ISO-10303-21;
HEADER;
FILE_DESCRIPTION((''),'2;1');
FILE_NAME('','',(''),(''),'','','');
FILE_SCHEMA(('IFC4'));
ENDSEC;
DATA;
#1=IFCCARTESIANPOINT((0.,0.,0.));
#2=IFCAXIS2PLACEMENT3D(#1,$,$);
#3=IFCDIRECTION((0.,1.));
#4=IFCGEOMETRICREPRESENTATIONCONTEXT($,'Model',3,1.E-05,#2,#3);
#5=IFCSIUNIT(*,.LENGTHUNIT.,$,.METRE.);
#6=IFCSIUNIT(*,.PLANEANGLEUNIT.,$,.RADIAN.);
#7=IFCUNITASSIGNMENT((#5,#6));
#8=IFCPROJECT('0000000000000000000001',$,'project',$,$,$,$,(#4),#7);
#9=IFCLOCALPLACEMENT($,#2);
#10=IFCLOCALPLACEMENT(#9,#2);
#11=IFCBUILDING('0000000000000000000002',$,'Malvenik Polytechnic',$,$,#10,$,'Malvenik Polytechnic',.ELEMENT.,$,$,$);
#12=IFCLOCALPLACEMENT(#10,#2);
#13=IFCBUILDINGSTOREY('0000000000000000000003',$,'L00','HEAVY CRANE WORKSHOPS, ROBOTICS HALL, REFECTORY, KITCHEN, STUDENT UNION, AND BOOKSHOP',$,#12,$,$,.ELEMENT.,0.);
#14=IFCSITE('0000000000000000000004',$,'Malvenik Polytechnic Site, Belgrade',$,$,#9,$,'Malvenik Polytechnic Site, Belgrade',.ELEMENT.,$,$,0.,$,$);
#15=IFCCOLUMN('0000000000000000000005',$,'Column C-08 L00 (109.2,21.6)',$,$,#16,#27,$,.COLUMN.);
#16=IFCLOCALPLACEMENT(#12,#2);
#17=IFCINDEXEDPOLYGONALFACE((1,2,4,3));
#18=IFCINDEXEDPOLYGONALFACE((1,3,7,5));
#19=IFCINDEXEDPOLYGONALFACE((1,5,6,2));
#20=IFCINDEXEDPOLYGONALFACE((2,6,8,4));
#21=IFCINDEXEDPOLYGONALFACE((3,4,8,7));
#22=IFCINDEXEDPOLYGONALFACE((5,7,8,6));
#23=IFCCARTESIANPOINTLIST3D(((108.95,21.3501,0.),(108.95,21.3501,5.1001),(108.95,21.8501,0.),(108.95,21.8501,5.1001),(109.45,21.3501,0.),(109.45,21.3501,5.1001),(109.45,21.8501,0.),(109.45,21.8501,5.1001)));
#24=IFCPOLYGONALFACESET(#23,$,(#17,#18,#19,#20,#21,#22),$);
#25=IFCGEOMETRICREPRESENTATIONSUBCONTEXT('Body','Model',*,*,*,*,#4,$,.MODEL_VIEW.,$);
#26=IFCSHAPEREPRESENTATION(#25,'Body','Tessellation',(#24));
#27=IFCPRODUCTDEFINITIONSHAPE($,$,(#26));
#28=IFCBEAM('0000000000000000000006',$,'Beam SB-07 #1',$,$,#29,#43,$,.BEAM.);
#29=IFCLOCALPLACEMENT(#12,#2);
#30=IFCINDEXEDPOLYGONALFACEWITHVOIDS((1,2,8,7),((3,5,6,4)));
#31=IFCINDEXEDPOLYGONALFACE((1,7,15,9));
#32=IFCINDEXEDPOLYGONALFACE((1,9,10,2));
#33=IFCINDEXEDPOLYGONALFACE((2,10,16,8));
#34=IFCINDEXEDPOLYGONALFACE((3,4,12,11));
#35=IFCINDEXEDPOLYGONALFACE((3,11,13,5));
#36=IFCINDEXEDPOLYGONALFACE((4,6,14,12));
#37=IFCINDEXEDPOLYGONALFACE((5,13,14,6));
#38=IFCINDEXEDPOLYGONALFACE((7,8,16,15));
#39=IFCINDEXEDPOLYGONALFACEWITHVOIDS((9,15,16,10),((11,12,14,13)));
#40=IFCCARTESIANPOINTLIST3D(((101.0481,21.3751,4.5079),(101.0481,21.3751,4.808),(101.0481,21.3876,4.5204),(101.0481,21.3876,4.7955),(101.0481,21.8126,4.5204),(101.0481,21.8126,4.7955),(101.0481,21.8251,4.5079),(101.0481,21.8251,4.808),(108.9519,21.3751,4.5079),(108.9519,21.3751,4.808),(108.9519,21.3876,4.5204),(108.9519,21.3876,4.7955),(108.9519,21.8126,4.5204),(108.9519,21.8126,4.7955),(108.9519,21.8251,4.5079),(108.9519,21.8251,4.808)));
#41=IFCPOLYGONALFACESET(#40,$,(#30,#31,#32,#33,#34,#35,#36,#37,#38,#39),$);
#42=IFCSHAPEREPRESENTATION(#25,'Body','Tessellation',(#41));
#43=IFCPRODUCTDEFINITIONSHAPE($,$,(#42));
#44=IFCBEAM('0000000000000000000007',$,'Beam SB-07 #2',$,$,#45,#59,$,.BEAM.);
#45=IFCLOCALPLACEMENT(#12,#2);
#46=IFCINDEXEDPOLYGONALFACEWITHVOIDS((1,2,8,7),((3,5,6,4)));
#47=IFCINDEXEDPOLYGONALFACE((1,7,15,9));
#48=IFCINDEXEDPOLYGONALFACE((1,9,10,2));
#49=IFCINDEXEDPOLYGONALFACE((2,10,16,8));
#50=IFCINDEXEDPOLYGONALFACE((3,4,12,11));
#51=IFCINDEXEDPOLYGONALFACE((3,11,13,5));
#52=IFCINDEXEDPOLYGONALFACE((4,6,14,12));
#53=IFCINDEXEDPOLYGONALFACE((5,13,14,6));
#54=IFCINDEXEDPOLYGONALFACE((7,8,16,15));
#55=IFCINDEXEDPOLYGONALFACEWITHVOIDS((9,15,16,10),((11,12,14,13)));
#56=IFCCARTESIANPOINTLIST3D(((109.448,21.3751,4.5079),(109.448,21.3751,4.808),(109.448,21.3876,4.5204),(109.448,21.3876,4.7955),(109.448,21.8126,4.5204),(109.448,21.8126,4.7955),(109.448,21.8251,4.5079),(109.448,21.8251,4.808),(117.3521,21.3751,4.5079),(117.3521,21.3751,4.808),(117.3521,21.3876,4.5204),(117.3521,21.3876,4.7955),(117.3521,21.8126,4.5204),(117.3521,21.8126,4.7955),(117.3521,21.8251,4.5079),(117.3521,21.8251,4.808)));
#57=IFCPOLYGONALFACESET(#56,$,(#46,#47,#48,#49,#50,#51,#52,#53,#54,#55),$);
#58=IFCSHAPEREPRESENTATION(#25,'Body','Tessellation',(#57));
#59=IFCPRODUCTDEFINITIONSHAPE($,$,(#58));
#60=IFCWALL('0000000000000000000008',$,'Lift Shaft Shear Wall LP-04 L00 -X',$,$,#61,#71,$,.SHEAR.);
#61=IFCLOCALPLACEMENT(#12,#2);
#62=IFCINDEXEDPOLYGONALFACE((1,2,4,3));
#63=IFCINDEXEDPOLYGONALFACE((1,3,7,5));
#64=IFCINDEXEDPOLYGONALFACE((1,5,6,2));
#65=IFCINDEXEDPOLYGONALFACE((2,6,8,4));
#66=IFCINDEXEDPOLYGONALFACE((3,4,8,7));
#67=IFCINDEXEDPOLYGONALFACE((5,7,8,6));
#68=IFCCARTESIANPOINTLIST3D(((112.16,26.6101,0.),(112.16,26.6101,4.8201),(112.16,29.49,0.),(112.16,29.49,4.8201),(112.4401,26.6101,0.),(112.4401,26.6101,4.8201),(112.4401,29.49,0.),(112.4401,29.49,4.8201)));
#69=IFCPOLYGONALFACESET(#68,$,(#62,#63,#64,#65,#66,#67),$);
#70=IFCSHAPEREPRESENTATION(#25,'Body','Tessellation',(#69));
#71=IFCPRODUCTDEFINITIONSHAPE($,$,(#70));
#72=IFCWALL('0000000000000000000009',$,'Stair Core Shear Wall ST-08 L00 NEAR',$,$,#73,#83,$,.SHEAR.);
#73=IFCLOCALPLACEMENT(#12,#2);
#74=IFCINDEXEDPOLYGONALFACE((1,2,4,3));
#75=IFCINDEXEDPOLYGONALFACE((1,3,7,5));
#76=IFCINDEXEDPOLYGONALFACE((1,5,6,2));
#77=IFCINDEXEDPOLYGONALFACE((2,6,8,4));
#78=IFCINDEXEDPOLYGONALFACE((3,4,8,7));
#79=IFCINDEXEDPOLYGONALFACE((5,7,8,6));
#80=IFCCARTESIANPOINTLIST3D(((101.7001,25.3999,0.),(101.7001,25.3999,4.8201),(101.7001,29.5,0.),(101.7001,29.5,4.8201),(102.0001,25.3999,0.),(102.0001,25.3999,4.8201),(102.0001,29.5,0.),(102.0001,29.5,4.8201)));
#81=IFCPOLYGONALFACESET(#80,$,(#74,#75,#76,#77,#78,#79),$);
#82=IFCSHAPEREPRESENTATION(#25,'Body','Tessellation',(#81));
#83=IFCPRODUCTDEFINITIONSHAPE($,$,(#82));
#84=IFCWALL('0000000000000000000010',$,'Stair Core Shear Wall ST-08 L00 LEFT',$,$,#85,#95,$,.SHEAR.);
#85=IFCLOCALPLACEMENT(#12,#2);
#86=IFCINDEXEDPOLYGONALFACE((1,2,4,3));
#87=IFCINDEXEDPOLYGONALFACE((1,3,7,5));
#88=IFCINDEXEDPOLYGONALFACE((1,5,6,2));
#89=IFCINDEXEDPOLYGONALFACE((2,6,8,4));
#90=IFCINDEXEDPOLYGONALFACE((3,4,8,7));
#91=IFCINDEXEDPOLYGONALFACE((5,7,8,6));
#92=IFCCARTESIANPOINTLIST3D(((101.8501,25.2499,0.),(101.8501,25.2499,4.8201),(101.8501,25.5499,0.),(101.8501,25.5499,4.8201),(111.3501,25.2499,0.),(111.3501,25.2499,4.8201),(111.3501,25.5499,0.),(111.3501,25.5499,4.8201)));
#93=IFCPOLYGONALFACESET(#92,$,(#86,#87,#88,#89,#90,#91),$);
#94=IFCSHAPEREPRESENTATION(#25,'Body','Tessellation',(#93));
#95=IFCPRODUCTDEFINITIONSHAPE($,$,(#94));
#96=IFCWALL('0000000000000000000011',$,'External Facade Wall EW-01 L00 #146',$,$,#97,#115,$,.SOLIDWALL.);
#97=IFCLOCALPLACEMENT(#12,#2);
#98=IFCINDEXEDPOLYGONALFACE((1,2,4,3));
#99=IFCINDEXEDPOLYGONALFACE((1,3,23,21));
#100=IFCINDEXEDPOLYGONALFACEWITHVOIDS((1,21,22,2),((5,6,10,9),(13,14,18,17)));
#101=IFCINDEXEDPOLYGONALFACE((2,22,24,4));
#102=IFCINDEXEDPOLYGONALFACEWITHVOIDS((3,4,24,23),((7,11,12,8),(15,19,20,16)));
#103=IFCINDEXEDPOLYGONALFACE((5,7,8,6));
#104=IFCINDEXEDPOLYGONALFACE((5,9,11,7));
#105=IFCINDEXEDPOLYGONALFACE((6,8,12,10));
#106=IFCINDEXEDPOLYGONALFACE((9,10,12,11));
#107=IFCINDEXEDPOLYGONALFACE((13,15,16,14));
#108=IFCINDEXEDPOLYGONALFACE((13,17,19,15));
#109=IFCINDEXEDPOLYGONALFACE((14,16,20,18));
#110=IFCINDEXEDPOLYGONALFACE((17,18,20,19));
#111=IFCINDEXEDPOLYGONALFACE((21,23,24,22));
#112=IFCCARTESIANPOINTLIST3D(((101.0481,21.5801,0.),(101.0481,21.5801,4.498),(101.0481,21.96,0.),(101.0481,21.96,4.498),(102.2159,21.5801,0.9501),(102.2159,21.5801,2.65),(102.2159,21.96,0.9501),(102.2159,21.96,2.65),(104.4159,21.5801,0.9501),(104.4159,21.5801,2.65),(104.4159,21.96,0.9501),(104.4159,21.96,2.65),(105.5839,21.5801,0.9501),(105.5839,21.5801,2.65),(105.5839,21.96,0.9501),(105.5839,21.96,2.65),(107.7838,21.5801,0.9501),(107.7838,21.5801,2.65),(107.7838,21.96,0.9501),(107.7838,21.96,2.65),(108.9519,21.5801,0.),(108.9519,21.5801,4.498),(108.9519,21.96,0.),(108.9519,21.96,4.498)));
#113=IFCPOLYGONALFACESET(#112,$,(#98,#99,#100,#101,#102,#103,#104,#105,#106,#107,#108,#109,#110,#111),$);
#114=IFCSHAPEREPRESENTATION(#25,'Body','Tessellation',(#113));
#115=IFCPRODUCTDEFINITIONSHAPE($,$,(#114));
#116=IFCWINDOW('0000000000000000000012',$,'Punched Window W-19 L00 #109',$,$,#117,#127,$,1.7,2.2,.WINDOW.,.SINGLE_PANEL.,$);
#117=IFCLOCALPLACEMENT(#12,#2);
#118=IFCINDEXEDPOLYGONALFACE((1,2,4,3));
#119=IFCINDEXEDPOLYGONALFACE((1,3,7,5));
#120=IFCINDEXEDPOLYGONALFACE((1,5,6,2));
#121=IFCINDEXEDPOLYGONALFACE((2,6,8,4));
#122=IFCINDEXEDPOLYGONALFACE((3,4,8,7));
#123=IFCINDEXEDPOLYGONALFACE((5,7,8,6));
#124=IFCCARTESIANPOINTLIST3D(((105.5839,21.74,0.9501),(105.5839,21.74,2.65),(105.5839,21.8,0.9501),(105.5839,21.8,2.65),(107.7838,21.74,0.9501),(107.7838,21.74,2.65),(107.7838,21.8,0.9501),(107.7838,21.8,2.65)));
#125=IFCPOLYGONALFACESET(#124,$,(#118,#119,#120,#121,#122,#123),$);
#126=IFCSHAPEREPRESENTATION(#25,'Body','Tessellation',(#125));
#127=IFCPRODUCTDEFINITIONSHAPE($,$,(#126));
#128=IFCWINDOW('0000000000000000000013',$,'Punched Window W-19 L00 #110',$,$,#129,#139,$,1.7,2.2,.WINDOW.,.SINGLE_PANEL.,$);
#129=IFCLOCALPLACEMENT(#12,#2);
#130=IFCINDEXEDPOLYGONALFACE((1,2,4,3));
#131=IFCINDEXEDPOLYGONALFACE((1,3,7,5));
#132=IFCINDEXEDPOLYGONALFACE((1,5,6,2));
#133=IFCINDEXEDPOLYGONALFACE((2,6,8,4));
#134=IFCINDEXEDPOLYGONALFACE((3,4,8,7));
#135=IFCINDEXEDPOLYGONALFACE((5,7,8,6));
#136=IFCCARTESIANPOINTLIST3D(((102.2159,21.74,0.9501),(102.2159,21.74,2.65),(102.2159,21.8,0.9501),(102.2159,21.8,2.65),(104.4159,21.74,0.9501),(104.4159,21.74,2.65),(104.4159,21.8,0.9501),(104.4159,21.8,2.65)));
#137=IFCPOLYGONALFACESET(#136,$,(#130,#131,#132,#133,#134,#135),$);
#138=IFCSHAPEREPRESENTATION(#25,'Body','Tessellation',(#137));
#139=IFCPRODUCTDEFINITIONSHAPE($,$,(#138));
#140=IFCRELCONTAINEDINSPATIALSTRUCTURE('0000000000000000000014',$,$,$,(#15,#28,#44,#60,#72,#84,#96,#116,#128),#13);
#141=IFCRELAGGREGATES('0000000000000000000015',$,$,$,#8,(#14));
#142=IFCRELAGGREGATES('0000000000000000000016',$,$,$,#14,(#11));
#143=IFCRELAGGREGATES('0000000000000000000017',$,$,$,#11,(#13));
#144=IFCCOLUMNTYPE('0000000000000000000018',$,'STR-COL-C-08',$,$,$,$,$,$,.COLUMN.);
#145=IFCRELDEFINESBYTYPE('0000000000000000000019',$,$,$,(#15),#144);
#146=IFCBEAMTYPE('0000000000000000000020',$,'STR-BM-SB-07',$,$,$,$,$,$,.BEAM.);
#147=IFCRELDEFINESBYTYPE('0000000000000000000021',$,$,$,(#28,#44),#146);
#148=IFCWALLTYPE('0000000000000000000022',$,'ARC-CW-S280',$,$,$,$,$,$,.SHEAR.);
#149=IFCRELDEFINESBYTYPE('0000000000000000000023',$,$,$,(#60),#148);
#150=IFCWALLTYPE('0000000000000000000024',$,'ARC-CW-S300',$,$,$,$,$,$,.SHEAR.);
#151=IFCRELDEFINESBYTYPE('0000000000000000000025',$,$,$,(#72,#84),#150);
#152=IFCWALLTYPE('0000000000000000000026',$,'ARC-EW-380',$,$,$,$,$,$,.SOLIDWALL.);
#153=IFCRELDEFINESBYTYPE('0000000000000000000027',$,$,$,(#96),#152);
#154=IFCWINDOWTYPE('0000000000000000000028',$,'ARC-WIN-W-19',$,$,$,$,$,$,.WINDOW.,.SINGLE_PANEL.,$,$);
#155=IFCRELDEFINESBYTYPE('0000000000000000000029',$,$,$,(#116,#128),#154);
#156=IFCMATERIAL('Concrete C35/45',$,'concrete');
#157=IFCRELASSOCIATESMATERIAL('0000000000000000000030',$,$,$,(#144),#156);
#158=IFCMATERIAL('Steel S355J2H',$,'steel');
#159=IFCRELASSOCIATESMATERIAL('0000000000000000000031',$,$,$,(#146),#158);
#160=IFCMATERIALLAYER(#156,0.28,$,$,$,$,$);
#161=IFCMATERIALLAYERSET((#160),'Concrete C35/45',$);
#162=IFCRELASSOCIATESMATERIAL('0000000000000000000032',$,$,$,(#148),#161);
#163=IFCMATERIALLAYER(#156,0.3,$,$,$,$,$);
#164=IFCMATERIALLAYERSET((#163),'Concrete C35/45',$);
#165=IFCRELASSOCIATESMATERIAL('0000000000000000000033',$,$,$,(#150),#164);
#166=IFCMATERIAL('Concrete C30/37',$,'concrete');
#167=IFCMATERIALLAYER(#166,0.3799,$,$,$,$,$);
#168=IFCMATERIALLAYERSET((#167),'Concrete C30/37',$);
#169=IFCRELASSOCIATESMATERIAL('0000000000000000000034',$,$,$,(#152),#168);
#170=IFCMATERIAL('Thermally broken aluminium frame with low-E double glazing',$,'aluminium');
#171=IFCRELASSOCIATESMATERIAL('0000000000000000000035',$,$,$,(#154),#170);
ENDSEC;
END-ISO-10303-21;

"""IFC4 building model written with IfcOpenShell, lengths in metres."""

from ifc_helpers import new_model, si_unit, direction, frame, frame_2d, origin, origin_2d, place, context, subcontext, project, spatial, rectangle, hollow_rectangle, extrude, material, layer, layer_set, material_profile, profile_set, type_object, element, fill, save


model = new_model("IFC4")

# Units and contexts
model_context = context("Model", 3, precision=1e-05, world=origin(), true_north=direction((0.0, 1.0)))
body_context = subcontext(model_context, "Body", "Model", "MODEL_VIEW")
ifc_project = project(units=[si_unit("LENGTHUNIT", "METRE"), si_unit("PLANEANGLEUNIT", "RADIAN")], contexts=[model_context])

# Site, building, storey
site_placement = place(None, origin())
site = spatial("IfcSite", under=ifc_project, at=site_placement, Name="Malvenik Polytechnic Site, Belgrade", LongName="Malvenik Polytechnic Site, Belgrade", CompositionType="ELEMENT", RefElevation=0.0)
building_placement = place(site_placement, origin())
building = spatial("IfcBuilding", under=site, at=building_placement, Name="Malvenik Polytechnic", LongName="Malvenik Polytechnic", CompositionType="ELEMENT")
storey_placement = place(building_placement, origin())
storey = spatial("IfcBuildingStorey", under=building, at=storey_placement, Name="L00", Description="HEAVY CRANE WORKSHOPS, ROBOTICS HALL, REFECTORY, KITCHEN, STUDENT UNION, AND BOOKSHOP", CompositionType="ELEMENT", Elevation=0.0)

# Column
ifc_material_1 = material(Name="Concrete C35/45", Category="concrete")
ifc_material_profile_1 = material_profile(ifc_material_1, rectangle(XDim=0.5, YDim=0.5, at=origin_2d()), Name="RC COL 500x500")
ifc_profile_set_1 = profile_set([ifc_material_profile_1], Name="Concrete C35/45")
column_type = type_object("IfcColumnType", Name="STR-COL-C-08", PredefinedType="COLUMN", material=ifc_profile_set_1)
column_placement = place(storey_placement, frame((109.2, 21.6001, 0.0), z_axis=(0.0, 0.0, 1.0), x_axis=(1.0, 0.0, 0.0)))
element("IfcColumn", 1, at=column_placement, inside=storey, type_object=column_type, Name="Column C-08 L00 (109.2,21.6)", PredefinedType="COLUMN", context=body_context, shape_type="SweptSolid", body=[
    extrude(rectangle(XDim=0.5, YDim=0.5, at=origin_2d()), origin(), (0.0, 0.0, 1.0), 5.1001),
])

# Beams
ifc_material_2 = material(Name="Steel S355J2H", Category="steel")
ifc_material_profile_2 = material_profile(ifc_material_2, hollow_rectangle(XDim=0.45, YDim=0.3, WallThickness=0.0125, at=origin_2d()), Name="RHS 450x300x12.5")
ifc_profile_set_2 = profile_set([ifc_material_profile_2], Name="Steel S355J2H")
beam_type = type_object("IfcBeamType", Name="STR-BM-SB-07", PredefinedType="BEAM", material=ifc_profile_set_2)
beam_1_placement = place(storey_placement, frame((101.0481, 21.6001, 4.658), z_axis=(1.0, 0.0, 0.0), x_axis=(0.0, 1.0, 0.0)))
element("IfcBeam", 2, at=beam_1_placement, inside=storey, type_object=beam_type, Name="Beam SB-07 #1", PredefinedType="BEAM", context=body_context, shape_type="SweptSolid", body=[
    extrude(hollow_rectangle(XDim=0.45, YDim=0.3, WallThickness=0.0125, at=origin_2d()), origin(), (0.0, 0.0, 1.0), 7.9038),
])
beam_2_placement = place(storey_placement, frame((109.448, 21.6001, 4.658), z_axis=(1.0, 0.0, 0.0), x_axis=(0.0, 1.0, 0.0)))
element("IfcBeam", 3, at=beam_2_placement, inside=storey, type_object=beam_type, Name="Beam SB-07 #2", PredefinedType="BEAM", context=body_context, shape_type="SweptSolid", body=[
    extrude(hollow_rectangle(XDim=0.45, YDim=0.3, WallThickness=0.0125, at=origin_2d()), origin(), (0.0, 0.0, 1.0), 7.9041),
])

# Walls
ifc_layer_1 = layer(ifc_material_1, 0.28)
ifc_layer_set_1 = layer_set([ifc_layer_1], Name="Concrete C35/45")
wall_type_1 = type_object("IfcWallType", Name="ARC-CW-S280", PredefinedType="SHEAR", material=ifc_layer_set_1)
wall_1_placement = place(storey_placement, frame((112.3, 26.6101, 0.0), z_axis=(0.0, 0.0, 1.0), x_axis=(0.0, 1.0, 0.0)))
element("IfcWall", 4, at=wall_1_placement, inside=storey, type_object=wall_type_1, Name="Lift Shaft Shear Wall LP-04 L00 -X", PredefinedType="SHEAR", context=body_context, shape_type="SweptSolid", body=[
    extrude(rectangle(XDim=2.8799, YDim=0.28, at=frame_2d((1.4399, 0.0))), origin(), (0.0, 0.0, 1.0), 4.8201),
])
ifc_layer_2 = layer(ifc_material_1, 0.3)
ifc_layer_set_2 = layer_set([ifc_layer_2], Name="Concrete C35/45")
wall_type_2 = type_object("IfcWallType", Name="ARC-CW-S300", PredefinedType="SHEAR", material=ifc_layer_set_2)
wall_2_placement = place(storey_placement, frame((101.8501, 25.3999, 0.0), z_axis=(0.0, 0.0, 1.0), x_axis=(0.0, 1.0, 0.0)))
element("IfcWall", 5, at=wall_2_placement, inside=storey, type_object=wall_type_2, Name="Stair Core Shear Wall ST-08 L00 NEAR", PredefinedType="SHEAR", context=body_context, shape_type="SweptSolid", body=[
    extrude(rectangle(XDim=4.1001, YDim=0.3, at=frame_2d((2.05, 0.0))), origin(), (0.0, 0.0, 1.0), 4.8201),
])
wall_3_placement = place(storey_placement, frame((111.3501, 25.3999, 0.0), z_axis=(0.0, 0.0, 1.0), x_axis=(-1.0, 0.0, 0.0)))
element("IfcWall", 6, at=wall_3_placement, inside=storey, type_object=wall_type_2, Name="Stair Core Shear Wall ST-08 L00 LEFT", PredefinedType="SHEAR", context=body_context, shape_type="SweptSolid", body=[
    extrude(rectangle(XDim=9.5, YDim=0.3, at=frame_2d((4.75, 0.0))), origin(), (0.0, 0.0, 1.0), 4.8201),
])

# Wall, openings, windows
ifc_material_3 = material(Name="Concrete C30/37", Category="concrete")
ifc_layer_3 = layer(ifc_material_3, 0.3799)
ifc_layer_set_3 = layer_set([ifc_layer_3], Name="Concrete C30/37")
wall_type_3 = type_object("IfcWallType", Name="ARC-EW-380", PredefinedType="SOLIDWALL", material=ifc_layer_set_3)
wall_4_placement = place(storey_placement, frame((108.9519, 21.77, 0.0), z_axis=(0.0, 0.0, 1.0), x_axis=(-1.0, 0.0, 0.0)))
wall_4 = element("IfcWall", 7, at=wall_4_placement, inside=storey, type_object=wall_type_3, Name="External Facade Wall EW-01 L00 #146", PredefinedType="SOLIDWALL", context=body_context, shape_type="SweptSolid", body=[
    extrude(rectangle(XDim=7.9038, YDim=0.3799, at=frame_2d((3.9519, 0.0))), origin(), (0.0, 0.0, 1.0), 4.498),
])
opening_1_placement = place(wall_4_placement, frame((1.168, 0.0, 0.95)))
opening_1 = element("IfcOpeningElement", 8, at=opening_1_placement, cuts=wall_4, PredefinedType="OPENING", context=body_context, shape_type="SweptSolid", body=[
    extrude(rectangle(XDim=2.2, YDim=1.7, at=frame_2d((1.1001, 0.8501))), frame((0.0, 0.2, 0.0), z_axis=(0.0, -1.0, 0.0), x_axis=(1.0, 0.0, 0.0)), (0.0, 0.0, 1.0), 0.3999),
])
opening_2_placement = place(wall_4_placement, frame((4.5359, 0.0, 0.95)))
opening_2 = element("IfcOpeningElement", 9, at=opening_2_placement, cuts=wall_4, PredefinedType="OPENING", context=body_context, shape_type="SweptSolid", body=[
    extrude(rectangle(XDim=2.2, YDim=1.7, at=frame_2d((1.1001, 0.8501))), frame((0.0, 0.2, 0.0), z_axis=(0.0, -1.0, 0.0), x_axis=(1.0, 0.0, 0.0)), (0.0, 0.0, 1.0), 0.3999),
])
ifc_material_4 = material(Name="Thermally broken aluminium frame with low-E double glazing", Category="aluminium")
window_type = type_object("IfcWindowType", Name="ARC-WIN-W-19", PartitioningType="SINGLE_PANEL", PredefinedType="WINDOW", material=ifc_material_4)
window_1_placement = place(opening_1_placement, origin())
window_1 = element("IfcWindow", 10, at=window_1_placement, inside=storey, type_object=window_type, Name="Punched Window W-19 L00 #109", OverallHeight=1.7, OverallWidth=2.2, PartitioningType="SINGLE_PANEL", PredefinedType="WINDOW", context=body_context, shape_type="SweptSolid", body=[
    extrude(rectangle(XDim=2.2, YDim=1.7, at=frame_2d((1.1001, 0.8501))), frame((0.0, 0.03, 0.0), z_axis=(0.0, -1.0, 0.0), x_axis=(1.0, 0.0, 0.0)), (0.0, 0.0, 1.0), 0.0601),
])
fill(opening_1, window_1)
window_2_placement = place(opening_2_placement, origin())
window_2 = element("IfcWindow", 11, at=window_2_placement, inside=storey, type_object=window_type, Name="Punched Window W-19 L00 #110", OverallHeight=1.7, OverallWidth=2.2, PartitioningType="SINGLE_PANEL", PredefinedType="WINDOW", context=body_context, shape_type="SweptSolid", body=[
    extrude(rectangle(XDim=2.2, YDim=1.7, at=frame_2d((1.1001, 0.8501))), frame((0.0, 0.03, 0.0), z_axis=(0.0, -1.0, 0.0), x_axis=(1.0, 0.0, 0.0)), (0.0, 0.0, 1.0), 0.0601),
])
fill(opening_2, window_2)

save(model, "model.ifc")
